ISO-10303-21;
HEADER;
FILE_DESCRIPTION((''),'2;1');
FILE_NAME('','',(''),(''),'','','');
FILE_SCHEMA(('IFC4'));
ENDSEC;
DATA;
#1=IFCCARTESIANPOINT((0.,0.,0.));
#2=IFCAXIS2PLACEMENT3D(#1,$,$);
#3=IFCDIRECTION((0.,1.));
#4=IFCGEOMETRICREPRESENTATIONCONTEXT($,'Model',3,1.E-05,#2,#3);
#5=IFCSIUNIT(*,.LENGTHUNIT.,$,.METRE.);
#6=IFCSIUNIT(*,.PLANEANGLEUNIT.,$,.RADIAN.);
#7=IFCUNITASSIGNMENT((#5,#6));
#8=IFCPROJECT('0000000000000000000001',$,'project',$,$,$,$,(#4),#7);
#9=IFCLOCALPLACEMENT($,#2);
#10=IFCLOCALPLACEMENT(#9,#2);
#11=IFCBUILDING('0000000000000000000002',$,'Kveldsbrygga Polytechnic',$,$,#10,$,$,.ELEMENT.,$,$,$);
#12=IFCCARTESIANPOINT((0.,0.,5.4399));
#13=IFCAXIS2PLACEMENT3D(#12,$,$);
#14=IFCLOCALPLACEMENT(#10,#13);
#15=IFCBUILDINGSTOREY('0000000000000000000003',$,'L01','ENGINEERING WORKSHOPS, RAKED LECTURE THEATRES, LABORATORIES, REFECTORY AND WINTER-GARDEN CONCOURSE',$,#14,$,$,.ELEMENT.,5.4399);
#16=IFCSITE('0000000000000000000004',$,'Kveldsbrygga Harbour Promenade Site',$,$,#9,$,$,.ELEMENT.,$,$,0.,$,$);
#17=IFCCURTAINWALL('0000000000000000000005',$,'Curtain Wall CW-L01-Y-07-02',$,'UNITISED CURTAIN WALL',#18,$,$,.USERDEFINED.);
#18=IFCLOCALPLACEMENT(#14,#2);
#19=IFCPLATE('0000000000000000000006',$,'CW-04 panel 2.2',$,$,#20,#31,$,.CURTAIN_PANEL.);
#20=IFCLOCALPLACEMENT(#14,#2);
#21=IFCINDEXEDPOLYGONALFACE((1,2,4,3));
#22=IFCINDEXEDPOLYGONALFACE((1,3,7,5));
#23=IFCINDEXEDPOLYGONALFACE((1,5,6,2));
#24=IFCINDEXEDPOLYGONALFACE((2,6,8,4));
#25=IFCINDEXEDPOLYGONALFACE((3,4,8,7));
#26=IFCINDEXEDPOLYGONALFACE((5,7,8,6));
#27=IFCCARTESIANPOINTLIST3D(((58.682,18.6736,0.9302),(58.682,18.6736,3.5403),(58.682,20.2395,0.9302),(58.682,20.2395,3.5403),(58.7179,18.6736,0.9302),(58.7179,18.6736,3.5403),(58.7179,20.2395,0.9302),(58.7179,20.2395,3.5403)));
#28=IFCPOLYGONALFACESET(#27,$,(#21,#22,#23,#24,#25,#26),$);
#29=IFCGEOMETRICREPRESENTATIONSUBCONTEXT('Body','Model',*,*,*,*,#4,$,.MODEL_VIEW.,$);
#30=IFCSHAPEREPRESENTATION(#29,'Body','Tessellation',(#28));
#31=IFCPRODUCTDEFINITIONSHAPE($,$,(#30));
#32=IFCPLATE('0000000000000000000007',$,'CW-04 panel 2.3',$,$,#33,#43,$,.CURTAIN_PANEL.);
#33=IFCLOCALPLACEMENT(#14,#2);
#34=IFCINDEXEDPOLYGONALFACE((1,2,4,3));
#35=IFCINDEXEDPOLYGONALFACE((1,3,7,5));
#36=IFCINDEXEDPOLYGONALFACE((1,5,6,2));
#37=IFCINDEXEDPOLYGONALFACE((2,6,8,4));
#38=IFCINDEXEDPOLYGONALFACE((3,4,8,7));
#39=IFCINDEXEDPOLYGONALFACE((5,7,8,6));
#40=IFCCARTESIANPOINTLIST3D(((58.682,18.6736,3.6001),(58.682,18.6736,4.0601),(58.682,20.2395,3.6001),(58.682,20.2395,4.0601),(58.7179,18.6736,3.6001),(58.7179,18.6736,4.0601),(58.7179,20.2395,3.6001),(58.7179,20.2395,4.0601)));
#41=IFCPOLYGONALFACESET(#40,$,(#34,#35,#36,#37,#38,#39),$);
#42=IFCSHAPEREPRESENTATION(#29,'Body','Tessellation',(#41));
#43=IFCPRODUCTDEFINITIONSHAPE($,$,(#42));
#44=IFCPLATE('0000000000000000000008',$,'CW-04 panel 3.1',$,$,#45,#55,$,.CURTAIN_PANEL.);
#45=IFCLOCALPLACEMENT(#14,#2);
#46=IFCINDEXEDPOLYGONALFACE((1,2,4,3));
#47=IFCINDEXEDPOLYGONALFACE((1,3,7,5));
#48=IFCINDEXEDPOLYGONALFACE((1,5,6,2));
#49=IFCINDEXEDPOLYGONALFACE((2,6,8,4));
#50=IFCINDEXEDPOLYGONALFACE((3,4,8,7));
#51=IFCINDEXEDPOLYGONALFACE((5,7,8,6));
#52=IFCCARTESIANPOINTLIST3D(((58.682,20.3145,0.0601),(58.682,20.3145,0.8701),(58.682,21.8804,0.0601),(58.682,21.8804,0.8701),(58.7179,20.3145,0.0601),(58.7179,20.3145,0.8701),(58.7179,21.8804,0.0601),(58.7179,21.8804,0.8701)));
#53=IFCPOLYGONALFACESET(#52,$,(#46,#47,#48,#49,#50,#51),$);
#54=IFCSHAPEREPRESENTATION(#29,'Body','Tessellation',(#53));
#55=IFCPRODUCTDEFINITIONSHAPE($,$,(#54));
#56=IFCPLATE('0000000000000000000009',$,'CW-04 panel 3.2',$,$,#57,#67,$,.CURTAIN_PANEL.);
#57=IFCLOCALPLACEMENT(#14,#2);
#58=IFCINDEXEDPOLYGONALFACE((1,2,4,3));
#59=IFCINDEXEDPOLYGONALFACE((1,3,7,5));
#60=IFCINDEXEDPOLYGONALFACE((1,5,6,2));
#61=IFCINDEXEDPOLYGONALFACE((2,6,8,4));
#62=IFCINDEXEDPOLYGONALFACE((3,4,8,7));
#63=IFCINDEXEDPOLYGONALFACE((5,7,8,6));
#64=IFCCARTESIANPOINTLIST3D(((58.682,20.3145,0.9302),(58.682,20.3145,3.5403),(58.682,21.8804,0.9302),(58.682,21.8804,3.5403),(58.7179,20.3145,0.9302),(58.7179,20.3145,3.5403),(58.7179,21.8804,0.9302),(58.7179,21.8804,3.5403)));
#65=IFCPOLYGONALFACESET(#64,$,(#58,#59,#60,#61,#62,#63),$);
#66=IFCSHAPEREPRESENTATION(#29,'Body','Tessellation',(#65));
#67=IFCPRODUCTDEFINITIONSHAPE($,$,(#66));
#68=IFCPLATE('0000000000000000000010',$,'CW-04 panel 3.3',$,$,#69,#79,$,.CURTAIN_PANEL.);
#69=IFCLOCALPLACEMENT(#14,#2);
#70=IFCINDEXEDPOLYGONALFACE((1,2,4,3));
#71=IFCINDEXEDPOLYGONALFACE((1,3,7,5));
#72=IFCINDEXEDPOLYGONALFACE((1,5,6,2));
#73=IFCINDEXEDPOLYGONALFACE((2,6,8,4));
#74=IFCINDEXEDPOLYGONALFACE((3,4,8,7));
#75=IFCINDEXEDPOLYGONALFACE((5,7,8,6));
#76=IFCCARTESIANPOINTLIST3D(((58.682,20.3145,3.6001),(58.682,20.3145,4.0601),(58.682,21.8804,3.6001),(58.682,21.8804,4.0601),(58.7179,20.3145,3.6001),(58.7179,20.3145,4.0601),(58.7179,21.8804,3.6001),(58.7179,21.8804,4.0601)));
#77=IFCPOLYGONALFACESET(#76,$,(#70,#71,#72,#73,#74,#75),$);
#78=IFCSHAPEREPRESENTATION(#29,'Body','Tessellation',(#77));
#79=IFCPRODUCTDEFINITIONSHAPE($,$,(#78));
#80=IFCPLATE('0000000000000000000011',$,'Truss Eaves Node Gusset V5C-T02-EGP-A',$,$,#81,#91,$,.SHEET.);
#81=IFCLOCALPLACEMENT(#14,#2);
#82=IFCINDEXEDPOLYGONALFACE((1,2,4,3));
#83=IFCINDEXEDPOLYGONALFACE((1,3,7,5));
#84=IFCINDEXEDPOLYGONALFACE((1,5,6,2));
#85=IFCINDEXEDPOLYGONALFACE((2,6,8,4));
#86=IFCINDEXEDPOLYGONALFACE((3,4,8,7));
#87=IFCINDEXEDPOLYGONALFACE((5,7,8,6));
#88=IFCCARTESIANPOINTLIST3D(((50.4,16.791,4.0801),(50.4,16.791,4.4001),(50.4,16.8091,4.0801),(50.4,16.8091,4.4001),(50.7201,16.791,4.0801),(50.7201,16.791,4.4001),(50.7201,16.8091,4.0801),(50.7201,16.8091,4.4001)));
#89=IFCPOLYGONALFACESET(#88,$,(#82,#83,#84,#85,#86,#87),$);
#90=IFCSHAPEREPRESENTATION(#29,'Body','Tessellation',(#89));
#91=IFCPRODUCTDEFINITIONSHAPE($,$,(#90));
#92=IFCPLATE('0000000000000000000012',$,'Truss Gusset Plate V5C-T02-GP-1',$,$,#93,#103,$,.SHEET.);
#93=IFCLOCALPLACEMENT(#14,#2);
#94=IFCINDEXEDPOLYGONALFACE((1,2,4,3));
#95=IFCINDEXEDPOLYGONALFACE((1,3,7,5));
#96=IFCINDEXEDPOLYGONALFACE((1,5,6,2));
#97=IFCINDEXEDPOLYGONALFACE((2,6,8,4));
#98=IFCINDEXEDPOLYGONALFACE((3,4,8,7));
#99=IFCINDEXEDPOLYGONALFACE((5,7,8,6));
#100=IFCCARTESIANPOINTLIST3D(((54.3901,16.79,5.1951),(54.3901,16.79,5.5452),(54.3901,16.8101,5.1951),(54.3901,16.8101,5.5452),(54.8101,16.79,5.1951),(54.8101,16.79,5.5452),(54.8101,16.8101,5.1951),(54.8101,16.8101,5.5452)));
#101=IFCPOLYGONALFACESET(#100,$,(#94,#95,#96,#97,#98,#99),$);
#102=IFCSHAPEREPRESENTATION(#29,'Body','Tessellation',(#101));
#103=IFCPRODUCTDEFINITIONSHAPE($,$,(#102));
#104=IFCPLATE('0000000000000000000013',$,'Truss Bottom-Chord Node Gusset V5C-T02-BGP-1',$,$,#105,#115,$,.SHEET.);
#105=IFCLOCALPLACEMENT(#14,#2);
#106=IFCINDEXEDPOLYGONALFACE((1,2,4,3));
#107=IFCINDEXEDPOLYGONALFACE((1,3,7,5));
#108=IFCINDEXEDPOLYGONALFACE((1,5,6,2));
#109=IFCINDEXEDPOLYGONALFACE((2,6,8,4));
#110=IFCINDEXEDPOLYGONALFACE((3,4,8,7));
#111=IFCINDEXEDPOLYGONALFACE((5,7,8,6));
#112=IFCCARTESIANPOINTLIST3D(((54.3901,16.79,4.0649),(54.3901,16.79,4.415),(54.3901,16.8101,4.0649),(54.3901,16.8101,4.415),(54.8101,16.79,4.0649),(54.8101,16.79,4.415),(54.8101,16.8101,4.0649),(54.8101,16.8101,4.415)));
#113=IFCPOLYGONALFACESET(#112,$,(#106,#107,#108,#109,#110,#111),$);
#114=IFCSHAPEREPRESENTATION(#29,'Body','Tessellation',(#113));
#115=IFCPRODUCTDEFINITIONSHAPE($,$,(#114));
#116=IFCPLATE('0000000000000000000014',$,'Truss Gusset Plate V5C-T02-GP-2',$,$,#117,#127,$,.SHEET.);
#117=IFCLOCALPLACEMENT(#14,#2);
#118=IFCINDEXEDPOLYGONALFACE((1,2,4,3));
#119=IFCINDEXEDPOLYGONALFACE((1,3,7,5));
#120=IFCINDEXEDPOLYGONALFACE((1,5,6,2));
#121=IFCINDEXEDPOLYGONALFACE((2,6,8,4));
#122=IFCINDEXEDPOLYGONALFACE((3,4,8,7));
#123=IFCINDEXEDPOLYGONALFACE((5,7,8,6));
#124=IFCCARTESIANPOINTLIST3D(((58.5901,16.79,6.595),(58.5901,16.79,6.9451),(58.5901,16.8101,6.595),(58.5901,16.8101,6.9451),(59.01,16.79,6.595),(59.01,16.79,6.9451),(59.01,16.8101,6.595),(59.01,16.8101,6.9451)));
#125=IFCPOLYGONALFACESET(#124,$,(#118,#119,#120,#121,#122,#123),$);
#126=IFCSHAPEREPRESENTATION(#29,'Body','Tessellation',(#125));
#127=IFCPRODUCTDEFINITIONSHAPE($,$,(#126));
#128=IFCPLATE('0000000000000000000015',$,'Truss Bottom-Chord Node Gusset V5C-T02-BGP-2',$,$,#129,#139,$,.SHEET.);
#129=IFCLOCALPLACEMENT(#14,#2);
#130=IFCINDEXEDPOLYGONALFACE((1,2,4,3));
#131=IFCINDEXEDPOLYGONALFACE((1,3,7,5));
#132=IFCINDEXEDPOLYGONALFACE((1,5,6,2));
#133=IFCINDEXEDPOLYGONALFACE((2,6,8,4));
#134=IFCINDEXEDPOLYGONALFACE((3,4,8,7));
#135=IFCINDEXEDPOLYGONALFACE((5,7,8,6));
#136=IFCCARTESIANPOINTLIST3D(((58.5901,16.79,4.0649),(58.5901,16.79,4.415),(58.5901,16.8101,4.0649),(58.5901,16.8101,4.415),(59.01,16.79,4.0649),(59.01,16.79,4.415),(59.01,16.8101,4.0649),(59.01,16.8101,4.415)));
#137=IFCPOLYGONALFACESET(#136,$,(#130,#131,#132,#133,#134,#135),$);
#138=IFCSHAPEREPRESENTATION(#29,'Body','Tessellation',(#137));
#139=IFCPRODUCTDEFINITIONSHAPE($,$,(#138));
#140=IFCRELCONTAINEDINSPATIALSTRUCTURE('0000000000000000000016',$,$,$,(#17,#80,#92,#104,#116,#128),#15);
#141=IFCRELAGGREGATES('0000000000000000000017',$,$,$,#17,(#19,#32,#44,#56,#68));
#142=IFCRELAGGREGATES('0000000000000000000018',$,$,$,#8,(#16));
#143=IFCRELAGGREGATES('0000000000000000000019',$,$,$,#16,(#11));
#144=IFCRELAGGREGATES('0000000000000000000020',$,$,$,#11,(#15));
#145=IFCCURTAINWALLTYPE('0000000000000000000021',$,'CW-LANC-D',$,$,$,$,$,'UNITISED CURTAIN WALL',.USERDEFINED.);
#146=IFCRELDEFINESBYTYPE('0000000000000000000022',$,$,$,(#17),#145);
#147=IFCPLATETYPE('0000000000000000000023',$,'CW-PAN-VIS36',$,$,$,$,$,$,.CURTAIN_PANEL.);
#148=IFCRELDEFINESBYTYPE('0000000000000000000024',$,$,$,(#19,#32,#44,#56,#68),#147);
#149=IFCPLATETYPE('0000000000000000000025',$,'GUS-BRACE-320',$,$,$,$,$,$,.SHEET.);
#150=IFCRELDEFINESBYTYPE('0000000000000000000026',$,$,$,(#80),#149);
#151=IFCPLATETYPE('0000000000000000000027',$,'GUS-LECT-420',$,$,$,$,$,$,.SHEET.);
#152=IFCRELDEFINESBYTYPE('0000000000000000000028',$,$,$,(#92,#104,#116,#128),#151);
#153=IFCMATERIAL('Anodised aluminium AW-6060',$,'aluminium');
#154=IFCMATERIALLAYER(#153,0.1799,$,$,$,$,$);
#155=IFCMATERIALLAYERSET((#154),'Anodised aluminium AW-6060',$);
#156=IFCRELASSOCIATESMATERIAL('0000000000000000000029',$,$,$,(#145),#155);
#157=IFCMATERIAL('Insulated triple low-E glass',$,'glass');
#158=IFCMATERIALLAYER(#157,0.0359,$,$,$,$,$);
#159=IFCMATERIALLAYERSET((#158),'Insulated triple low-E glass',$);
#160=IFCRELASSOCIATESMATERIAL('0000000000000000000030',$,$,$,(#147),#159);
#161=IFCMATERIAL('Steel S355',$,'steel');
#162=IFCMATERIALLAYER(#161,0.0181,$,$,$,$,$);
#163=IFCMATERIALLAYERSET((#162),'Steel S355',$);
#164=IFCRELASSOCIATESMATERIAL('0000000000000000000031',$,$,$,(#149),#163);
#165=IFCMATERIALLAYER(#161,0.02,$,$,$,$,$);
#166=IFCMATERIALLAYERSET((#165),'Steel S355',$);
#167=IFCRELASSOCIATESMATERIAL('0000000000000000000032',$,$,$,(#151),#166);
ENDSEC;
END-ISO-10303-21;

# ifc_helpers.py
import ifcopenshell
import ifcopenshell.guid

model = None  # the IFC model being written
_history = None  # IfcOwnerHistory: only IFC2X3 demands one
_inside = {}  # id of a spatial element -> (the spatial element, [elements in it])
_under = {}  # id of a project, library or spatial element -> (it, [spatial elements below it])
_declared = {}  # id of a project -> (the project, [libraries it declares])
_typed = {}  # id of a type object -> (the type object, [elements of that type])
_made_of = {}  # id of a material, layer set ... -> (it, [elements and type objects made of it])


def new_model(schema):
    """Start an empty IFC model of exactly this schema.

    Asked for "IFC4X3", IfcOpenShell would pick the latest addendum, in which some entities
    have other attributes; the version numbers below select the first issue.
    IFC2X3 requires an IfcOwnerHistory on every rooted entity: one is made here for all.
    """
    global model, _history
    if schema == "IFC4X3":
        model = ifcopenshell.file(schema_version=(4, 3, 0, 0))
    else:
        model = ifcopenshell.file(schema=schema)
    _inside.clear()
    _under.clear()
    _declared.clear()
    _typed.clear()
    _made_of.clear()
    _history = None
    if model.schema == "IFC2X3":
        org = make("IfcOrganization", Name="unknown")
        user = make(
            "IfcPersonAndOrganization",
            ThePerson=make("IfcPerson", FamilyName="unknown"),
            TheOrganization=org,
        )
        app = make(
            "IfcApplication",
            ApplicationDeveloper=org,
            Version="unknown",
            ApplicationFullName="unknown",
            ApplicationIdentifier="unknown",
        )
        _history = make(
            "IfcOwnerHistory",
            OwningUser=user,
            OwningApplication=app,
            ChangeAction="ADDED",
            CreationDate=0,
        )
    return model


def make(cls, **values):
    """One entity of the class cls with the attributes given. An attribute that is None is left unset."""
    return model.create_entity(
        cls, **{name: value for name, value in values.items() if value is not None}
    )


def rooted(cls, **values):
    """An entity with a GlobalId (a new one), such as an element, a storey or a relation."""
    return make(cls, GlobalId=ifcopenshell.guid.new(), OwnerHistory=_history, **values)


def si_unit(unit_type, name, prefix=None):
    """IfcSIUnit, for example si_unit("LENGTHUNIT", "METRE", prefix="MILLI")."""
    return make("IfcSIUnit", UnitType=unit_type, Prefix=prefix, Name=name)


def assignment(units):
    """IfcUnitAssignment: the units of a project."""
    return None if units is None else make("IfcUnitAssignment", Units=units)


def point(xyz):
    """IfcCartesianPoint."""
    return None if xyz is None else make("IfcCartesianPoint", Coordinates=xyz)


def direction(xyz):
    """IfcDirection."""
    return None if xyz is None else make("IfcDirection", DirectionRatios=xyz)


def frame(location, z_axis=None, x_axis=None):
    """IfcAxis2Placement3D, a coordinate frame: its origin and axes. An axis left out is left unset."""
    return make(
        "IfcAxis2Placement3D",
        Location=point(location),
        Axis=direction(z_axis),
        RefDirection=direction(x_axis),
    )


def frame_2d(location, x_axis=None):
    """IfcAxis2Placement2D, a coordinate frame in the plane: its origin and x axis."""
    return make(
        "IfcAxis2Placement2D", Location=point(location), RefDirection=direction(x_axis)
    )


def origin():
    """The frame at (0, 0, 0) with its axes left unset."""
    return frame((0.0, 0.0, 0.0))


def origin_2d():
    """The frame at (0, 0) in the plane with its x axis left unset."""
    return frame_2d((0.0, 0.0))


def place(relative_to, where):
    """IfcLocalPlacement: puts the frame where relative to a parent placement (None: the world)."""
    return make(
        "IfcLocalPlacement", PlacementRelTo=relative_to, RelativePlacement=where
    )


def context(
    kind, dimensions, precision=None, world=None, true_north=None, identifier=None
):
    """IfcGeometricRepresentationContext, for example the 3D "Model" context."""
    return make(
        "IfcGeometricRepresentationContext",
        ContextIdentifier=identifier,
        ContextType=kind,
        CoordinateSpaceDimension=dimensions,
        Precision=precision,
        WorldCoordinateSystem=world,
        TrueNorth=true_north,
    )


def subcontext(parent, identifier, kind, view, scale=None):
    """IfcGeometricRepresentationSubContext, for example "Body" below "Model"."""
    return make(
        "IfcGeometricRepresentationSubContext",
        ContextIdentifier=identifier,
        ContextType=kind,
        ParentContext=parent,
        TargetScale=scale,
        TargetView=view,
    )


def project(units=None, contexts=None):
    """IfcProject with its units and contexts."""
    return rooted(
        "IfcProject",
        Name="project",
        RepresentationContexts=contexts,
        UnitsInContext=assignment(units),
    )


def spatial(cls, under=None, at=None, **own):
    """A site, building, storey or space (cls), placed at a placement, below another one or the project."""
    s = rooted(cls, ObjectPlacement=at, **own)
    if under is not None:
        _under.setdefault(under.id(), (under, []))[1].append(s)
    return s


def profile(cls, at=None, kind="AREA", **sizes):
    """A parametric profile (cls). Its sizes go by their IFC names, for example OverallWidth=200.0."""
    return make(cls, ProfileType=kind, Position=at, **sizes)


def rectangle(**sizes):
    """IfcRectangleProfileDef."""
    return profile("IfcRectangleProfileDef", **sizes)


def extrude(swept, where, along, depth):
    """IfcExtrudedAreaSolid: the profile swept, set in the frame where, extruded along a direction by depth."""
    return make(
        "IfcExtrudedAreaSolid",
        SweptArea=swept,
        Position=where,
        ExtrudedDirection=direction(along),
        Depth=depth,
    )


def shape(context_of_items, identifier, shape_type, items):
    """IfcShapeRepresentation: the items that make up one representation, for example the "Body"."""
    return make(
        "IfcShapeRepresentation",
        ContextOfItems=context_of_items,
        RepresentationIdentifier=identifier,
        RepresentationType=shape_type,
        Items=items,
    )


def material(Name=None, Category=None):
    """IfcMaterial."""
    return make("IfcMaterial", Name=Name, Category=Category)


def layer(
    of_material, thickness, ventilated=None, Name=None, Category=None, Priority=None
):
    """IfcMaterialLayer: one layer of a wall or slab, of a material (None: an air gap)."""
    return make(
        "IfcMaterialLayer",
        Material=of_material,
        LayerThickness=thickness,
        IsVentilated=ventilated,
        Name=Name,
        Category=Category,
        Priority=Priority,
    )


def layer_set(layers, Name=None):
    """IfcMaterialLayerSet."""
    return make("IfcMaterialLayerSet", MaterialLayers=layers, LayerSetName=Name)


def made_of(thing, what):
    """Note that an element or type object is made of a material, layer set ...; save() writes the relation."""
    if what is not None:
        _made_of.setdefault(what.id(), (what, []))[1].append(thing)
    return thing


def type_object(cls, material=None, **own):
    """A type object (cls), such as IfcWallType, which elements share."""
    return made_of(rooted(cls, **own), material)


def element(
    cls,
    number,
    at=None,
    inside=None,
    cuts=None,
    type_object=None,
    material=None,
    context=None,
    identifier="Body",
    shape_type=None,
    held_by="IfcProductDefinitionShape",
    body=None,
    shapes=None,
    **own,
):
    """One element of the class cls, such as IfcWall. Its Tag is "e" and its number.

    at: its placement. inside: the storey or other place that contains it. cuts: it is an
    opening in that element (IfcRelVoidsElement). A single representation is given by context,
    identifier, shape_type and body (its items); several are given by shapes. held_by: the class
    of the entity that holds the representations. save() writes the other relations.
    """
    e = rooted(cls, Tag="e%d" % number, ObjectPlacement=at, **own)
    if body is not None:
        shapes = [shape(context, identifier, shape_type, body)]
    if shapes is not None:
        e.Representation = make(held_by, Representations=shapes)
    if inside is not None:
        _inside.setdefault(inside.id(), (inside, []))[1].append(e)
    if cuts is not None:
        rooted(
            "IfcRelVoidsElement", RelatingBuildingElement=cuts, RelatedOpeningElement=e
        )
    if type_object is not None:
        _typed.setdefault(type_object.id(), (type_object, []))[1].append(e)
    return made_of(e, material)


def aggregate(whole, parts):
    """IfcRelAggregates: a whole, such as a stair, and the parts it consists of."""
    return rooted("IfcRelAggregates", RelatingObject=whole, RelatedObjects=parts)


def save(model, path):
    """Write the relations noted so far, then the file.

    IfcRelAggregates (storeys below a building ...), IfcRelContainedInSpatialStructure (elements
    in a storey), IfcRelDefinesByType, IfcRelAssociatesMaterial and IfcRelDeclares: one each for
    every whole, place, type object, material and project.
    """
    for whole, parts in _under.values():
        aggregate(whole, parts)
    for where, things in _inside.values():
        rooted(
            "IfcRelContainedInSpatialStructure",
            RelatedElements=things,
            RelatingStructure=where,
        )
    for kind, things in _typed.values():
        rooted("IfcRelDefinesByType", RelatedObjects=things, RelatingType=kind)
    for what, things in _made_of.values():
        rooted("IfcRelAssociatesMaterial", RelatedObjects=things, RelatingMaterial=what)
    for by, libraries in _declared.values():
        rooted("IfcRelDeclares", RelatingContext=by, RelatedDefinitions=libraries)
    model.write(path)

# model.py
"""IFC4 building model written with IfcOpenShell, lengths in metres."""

from ifc_helpers import new_model, si_unit, direction, frame, origin, origin_2d, place, context, subcontext, project, spatial, rectangle, extrude, material, layer, layer_set, type_object, element, aggregate, save


model = new_model("IFC4")

# Units and contexts
model_context = context("Model", 3, precision=1e-05, world=origin(), true_north=direction((0.0, 1.0)))
body_context = subcontext(model_context, "Body", "Model", "MODEL_VIEW")
ifc_project = project(units=[si_unit("LENGTHUNIT", "METRE"), si_unit("PLANEANGLEUNIT", "RADIAN")], contexts=[model_context])

# Site, building, storey
site_placement = place(None, origin())
site = spatial("IfcSite", under=ifc_project, at=site_placement, Name="Kveldsbrygga Harbour Promenade Site", CompositionType="ELEMENT", RefElevation=0.0)
building_placement = place(site_placement, origin())
building = spatial("IfcBuilding", under=site, at=building_placement, Name="Kveldsbrygga Polytechnic", CompositionType="ELEMENT")
storey_placement = place(building_placement, frame((0.0, 0.0, 5.4399)))
storey = spatial("IfcBuildingStorey", under=building, at=storey_placement, Name="L01", Description="ENGINEERING WORKSHOPS, RAKED LECTURE THEATRES, LABORATORIES, REFECTORY AND WINTER-GARDEN CONCOURSE", CompositionType="ELEMENT", Elevation=5.4399)

# Curtain wall
ifc_material_1 = material(Name="Anodised aluminium AW-6060", Category="aluminium")
ifc_layer_1 = layer(ifc_material_1, 0.1799)
ifc_layer_set_1 = layer_set([ifc_layer_1], Name="Anodised aluminium AW-6060")
curtain_wall_type = type_object("IfcCurtainWallType", Name="CW-LANC-D", ElementType="UNITISED CURTAIN WALL", PredefinedType="USERDEFINED", material=ifc_layer_set_1)
curtain_wall_placement = place(storey_placement, origin())
curtain_wall = element("IfcCurtainWall", 1, at=curtain_wall_placement, inside=storey, type_object=curtain_wall_type, Name="Curtain Wall CW-L01-Y-07-02", ObjectType="UNITISED CURTAIN WALL", PredefinedType="USERDEFINED")

# Shared definitions
ifc_material_2 = material(Name="Steel S355", Category="steel")

# Plates
ifc_material_3 = material(Name="Insulated triple low-E glass", Category="glass")
ifc_layer_2 = layer(ifc_material_3, 0.0359)
ifc_layer_set_2 = layer_set([ifc_layer_2], Name="Insulated triple low-E glass")
plate_type_1 = type_object("IfcPlateType", Name="CW-PAN-VIS36", PredefinedType="CURTAIN_PANEL", material=ifc_layer_set_2)
plate_1_placement = place(storey_placement, frame((58.7, 19.4565, 0.9302), z_axis=(0.0, 0.0, 1.0), x_axis=(0.0, 1.0, 0.0)))
plate_1 = element("IfcPlate", 2, at=plate_1_placement, type_object=plate_type_1, Name="CW-04 panel 2.2", PredefinedType="CURTAIN_PANEL", context=body_context, shape_type="SweptSolid", body=[
    extrude(rectangle(XDim=1.5659, YDim=0.0359, at=origin_2d()), origin(), (0.0, 0.0, 1.0), 2.6101),
])
plate_2_placement = place(storey_placement, frame((58.7, 19.4565, 3.6001), z_axis=(0.0, 0.0, 1.0), x_axis=(0.0, 1.0, 0.0)))
plate_2 = element("IfcPlate", 3, at=plate_2_placement, type_object=plate_type_1, Name="CW-04 panel 2.3", PredefinedType="CURTAIN_PANEL", context=body_context, shape_type="SweptSolid", body=[
    extrude(rectangle(XDim=1.5659, YDim=0.0359, at=origin_2d()), origin(), (0.0, 0.0, 1.0), 0.46),
])
plate_3_placement = place(storey_placement, frame((58.7, 21.0974, 0.0601), z_axis=(0.0, 0.0, 1.0), x_axis=(0.0, 1.0, 0.0)))
plate_3 = element("IfcPlate", 4, at=plate_3_placement, type_object=plate_type_1, Name="CW-04 panel 3.1", PredefinedType="CURTAIN_PANEL", context=body_context, shape_type="SweptSolid", body=[
    extrude(rectangle(XDim=1.5659, YDim=0.0359, at=origin_2d()), origin(), (0.0, 0.0, 1.0), 0.8101),
])
plate_4_placement = place(storey_placement, frame((58.7, 21.0974, 0.9302), z_axis=(0.0, 0.0, 1.0), x_axis=(0.0, 1.0, 0.0)))
plate_4 = element("IfcPlate", 5, at=plate_4_placement, type_object=plate_type_1, Name="CW-04 panel 3.2", PredefinedType="CURTAIN_PANEL", context=body_context, shape_type="SweptSolid", body=[
    extrude(rectangle(XDim=1.5659, YDim=0.0359, at=origin_2d()), origin(), (0.0, 0.0, 1.0), 2.6101),
])
plate_5_placement = place(storey_placement, frame((58.7, 21.0974, 3.6001), z_axis=(0.0, 0.0, 1.0), x_axis=(0.0, 1.0, 0.0)))
plate_5 = element("IfcPlate", 6, at=plate_5_placement, type_object=plate_type_1, Name="CW-04 panel 3.3", PredefinedType="CURTAIN_PANEL", context=body_context, shape_type="SweptSolid", body=[
    extrude(rectangle(XDim=1.5659, YDim=0.0359, at=origin_2d()), origin(), (0.0, 0.0, 1.0), 0.46),
])
aggregate(curtain_wall, [plate_1, plate_2, plate_3, plate_4, plate_5])

# Plates
ifc_layer_3 = layer(ifc_material_2, 0.0181)
ifc_layer_set_3 = layer_set([ifc_layer_3], Name="Steel S355")
plate_type_2 = type_object("IfcPlateType", Name="GUS-BRACE-320", PredefinedType="SHEET", material=ifc_layer_set_3)
plate_6_placement = place(storey_placement, frame((50.5601, 16.8, 4.0801), z_axis=(0.0, 0.0, 1.0), x_axis=(1.0, 0.0, 0.0)))
element("IfcPlate", 7, at=plate_6_placement, inside=storey, type_object=plate_type_2, Name="Truss Eaves Node Gusset V5C-T02-EGP-A", PredefinedType="SHEET", context=body_context, shape_type="SweptSolid", body=[
    extrude(rectangle(XDim=0.3201, YDim=0.0181, at=origin_2d()), origin(), (0.0, 0.0, 1.0), 0.3201),
])
ifc_layer_4 = layer(ifc_material_2, 0.02)
ifc_layer_set_4 = layer_set([ifc_layer_4], Name="Steel S355")
plate_type_3 = type_object("IfcPlateType", Name="GUS-LECT-420", PredefinedType="SHEET", material=ifc_layer_set_4)
for number, where, z_axis, x_axis, name in (
    (8, (54.6001, 16.8, 5.1951), (0.0, 0.0, 1.0), (1.0, 0.0, 0.0), "Truss Gusset Plate V5C-T02-GP-1"),
    (9, (54.6001, 16.8, 4.0649), (0.0, 0.0, 1.0), (1.0, 0.0, 0.0), "Truss Bottom-Chord Node Gusset V5C-T02-BGP-1"),
    (10, (58.8, 16.8, 6.595), (0.0, 0.0, 1.0), (1.0, 0.0, 0.0), "Truss Gusset Plate V5C-T02-GP-2"),
    (11, (58.8, 16.8, 4.0649), (0.0, 0.0, 1.0), (1.0, 0.0, 0.0), "Truss Bottom-Chord Node Gusset V5C-T02-BGP-2"),
):
    element("IfcPlate", number, at=place(storey_placement, frame(where, z_axis=z_axis, x_axis=x_axis)), inside=storey, type_object=plate_type_3, Name=name, PredefinedType="SHEET", context=body_context, shape_type="SweptSolid", body=[
        extrude(rectangle(XDim=0.4199, YDim=0.02, at=origin_2d()), origin(), (0.0, 0.0, 1.0), 0.3501),
    ])

save(model, "model.ifc")
